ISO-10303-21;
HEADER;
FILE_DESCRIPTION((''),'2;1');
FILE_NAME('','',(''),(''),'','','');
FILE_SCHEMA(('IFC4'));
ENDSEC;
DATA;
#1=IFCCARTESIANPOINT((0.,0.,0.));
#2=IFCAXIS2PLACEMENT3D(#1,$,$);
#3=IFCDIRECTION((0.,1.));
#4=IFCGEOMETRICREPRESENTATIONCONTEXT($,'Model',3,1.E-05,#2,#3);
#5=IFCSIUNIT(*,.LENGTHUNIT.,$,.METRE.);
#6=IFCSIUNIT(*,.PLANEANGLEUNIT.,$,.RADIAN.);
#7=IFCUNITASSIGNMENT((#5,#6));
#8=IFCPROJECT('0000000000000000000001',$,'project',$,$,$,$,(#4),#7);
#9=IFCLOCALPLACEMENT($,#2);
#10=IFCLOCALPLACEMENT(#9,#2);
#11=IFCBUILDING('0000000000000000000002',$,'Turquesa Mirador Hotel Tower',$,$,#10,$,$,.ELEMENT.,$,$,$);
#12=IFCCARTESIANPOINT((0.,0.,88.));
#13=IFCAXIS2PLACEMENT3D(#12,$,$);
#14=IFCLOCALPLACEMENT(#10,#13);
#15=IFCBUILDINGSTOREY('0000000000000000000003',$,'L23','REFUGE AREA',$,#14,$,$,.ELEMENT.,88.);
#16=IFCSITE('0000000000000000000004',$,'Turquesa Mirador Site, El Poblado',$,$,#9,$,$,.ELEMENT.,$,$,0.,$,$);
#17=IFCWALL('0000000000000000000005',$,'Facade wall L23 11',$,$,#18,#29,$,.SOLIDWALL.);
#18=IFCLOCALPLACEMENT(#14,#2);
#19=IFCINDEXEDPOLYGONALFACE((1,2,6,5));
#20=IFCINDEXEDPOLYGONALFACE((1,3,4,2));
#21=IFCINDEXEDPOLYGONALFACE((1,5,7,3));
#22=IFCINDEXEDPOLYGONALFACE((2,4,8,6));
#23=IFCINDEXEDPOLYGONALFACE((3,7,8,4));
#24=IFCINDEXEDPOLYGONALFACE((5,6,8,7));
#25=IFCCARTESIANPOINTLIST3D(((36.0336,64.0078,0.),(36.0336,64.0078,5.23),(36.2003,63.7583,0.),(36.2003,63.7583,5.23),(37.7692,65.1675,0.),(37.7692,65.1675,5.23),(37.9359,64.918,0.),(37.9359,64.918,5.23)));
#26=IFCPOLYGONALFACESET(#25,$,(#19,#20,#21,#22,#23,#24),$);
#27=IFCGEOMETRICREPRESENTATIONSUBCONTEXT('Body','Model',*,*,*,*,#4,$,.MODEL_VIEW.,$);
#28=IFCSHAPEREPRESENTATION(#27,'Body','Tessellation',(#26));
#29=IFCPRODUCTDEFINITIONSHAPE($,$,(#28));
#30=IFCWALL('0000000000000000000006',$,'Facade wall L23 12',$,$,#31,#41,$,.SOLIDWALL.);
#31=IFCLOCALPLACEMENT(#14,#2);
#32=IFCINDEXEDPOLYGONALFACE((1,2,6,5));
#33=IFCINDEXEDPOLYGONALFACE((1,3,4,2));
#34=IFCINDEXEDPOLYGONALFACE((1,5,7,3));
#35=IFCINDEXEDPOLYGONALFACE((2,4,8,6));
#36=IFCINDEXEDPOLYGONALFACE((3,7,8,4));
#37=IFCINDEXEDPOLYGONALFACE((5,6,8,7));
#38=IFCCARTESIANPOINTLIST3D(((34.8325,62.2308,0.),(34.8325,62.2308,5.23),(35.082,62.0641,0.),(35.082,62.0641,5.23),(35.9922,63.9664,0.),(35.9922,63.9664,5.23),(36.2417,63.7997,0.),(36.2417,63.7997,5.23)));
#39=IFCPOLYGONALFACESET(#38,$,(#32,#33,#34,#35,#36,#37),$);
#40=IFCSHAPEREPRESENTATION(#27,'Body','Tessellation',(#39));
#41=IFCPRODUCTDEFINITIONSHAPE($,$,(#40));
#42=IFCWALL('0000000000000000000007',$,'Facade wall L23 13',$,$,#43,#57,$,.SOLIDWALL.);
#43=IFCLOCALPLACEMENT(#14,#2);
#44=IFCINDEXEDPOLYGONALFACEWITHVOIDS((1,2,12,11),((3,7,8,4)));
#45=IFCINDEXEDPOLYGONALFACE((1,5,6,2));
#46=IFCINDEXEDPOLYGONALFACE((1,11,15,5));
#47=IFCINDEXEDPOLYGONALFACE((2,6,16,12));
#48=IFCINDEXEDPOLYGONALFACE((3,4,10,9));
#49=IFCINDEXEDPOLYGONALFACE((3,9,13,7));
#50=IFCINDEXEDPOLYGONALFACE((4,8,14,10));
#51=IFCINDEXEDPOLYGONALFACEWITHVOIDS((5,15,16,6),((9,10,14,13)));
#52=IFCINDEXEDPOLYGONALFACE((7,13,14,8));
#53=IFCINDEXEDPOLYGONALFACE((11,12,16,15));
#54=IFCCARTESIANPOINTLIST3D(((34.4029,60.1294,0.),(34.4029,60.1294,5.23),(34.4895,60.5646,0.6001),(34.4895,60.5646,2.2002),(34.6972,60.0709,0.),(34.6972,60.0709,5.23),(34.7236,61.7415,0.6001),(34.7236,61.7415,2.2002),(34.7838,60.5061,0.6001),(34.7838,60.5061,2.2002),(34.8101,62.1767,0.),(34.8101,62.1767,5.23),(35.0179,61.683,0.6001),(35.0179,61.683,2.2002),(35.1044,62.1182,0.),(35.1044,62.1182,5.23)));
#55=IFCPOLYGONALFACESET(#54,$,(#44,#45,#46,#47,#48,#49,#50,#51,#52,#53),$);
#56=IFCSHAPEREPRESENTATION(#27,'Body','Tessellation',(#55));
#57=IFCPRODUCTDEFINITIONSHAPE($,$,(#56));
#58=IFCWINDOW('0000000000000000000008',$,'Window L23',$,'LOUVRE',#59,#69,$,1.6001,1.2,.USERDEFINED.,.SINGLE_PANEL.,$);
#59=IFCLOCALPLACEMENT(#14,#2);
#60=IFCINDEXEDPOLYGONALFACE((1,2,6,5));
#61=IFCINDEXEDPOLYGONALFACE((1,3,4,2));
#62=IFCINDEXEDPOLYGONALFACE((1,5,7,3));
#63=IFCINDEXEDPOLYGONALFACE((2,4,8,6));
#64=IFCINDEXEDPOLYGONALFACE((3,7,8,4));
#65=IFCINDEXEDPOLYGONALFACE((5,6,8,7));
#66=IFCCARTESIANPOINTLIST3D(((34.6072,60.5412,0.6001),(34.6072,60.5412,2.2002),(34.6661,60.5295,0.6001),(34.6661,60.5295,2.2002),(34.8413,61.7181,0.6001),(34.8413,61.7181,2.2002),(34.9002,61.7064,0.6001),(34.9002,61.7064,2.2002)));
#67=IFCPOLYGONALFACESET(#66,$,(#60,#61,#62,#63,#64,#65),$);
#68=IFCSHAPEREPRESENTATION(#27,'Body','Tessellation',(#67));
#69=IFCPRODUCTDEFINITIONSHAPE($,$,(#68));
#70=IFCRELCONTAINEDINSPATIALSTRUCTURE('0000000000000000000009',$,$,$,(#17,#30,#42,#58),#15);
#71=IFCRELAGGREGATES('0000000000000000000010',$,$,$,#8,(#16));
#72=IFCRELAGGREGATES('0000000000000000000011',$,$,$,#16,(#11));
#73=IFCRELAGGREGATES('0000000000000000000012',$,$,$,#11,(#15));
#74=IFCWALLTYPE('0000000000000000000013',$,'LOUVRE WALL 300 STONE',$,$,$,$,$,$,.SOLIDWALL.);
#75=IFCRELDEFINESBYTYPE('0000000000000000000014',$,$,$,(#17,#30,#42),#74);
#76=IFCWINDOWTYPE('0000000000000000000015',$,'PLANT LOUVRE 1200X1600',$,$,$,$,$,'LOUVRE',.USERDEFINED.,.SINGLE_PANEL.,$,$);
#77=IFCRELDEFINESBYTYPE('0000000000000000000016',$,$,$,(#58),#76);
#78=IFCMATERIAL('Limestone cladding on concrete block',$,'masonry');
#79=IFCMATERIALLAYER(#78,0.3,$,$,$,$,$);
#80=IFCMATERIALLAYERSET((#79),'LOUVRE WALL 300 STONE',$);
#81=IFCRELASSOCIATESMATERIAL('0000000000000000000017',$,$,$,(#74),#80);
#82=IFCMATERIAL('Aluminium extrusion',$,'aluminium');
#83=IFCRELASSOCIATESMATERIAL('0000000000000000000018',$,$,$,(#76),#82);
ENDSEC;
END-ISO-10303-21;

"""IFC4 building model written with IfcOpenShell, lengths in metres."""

from ifc_helpers import new_model, si_unit, direction, frame, frame_2d, origin, place, context, subcontext, project, spatial, rectangle, extrude, material, layer, layer_set, type_object, element, fill, save


model = new_model("IFC4")

# Units and contexts
model_context = context("Model", 3, precision=1e-05, world=origin(), true_north=direction((0.0, 1.0)))
body_context = subcontext(model_context, "Body", "Model", "MODEL_VIEW")
ifc_project = project(units=[si_unit("LENGTHUNIT", "METRE"), si_unit("PLANEANGLEUNIT", "RADIAN")], contexts=[model_context])

# Site, building, storey
site_placement = place(None, origin())
site = spatial("IfcSite", under=ifc_project, at=site_placement, Name="Turquesa Mirador Site, El Poblado", CompositionType="ELEMENT", RefElevation=0.0)
building_placement = place(site_placement, origin())
building = spatial("IfcBuilding", under=site, at=building_placement, Name="Turquesa Mirador Hotel Tower", CompositionType="ELEMENT")
storey_placement = place(building_placement, frame((0.0, 0.0, 88.0)))
storey = spatial("IfcBuildingStorey", under=building, at=storey_placement, Name="L23", Description="REFUGE AREA", CompositionType="ELEMENT", Elevation=88.0)

# Walls
ifc_material_1 = material(Name="Limestone cladding on concrete block", Category="masonry")
ifc_layer_1 = layer(ifc_material_1, 0.3)
ifc_layer_set_1 = layer_set([ifc_layer_1], Name="LOUVRE WALL 300 STONE")
wall_type_1 = type_object("IfcWallType", Name="LOUVRE WALL 300 STONE", PredefinedType="SOLIDWALL", material=ifc_layer_set_1)
for number, where, z_axis, x_axis, name in (
    (1, (37.8525, 65.0427, 0.0), (0.0, 0.0, 1.0), (-0.831474, -0.555564, 0.0), "Facade wall L23 11"),
    (2, (36.1169, 63.8831, 0.0), (0.0, 0.0, 1.0), (-0.555564, -0.831474, 0.0), "Facade wall L23 12"),
):
    element("IfcWall", number, at=place(storey_placement, frame(where, z_axis=z_axis, x_axis=x_axis)), inside=storey, type_object=wall_type_1, Name=name, PredefinedType="SOLIDWALL", context=body_context, shape_type="SweptSolid", body=[
        extrude(rectangle(XDim=2.0874, YDim=0.3, at=frame_2d((1.0437, 0.0))), origin(), (0.0, 0.0, 1.0), 5.23),
    ])

# Wall, opening, window
wall_1_placement = place(storey_placement, frame((34.9573, 62.1475, 0.0), z_axis=(0.0, 0.0, 1.0), x_axis=(-0.195081, -0.980787, 0.0)))
wall_1 = element("IfcWall", 3, at=wall_1_placement, inside=storey, type_object=wall_type_1, Name="Facade wall L23 13", PredefinedType="SOLIDWALL", context=body_context, shape_type="SweptSolid", body=[
    extrude(rectangle(XDim=2.0874, YDim=0.3, at=frame_2d((1.0437, 0.0))), origin(), (0.0, 0.0, 1.0), 5.23),
])
opening_1_placement = place(wall_1_placement, frame((0.4436, 0.0, 0.6001)))
opening_1 = element("IfcOpeningElement", 4, at=opening_1_placement, cuts=wall_1, PredefinedType="OPENING", context=body_context, shape_type="SweptSolid", body=[
    extrude(rectangle(XDim=1.2, YDim=1.6001, at=frame_2d((0.6001, 0.8))), frame((0.0, 0.1599, 0.0), z_axis=(0.0, -1.0, 0.0), x_axis=(1.0, 0.0, 0.0)), (0.0, 0.0, 1.0), 0.3201),
])
ifc_material_2 = material(Name="Aluminium extrusion", Category="aluminium")
window_type_1 = type_object("IfcWindowType", Name="PLANT LOUVRE 1200X1600", ElementType="LOUVRE", PartitioningType="SINGLE_PANEL", PredefinedType="USERDEFINED", material=ifc_material_2)
window_1_placement = place(opening_1_placement, origin())
window_1 = element("IfcWindow", 5, at=window_1_placement, inside=storey, type_object=window_type_1, Name="Window L23", ObjectType="LOUVRE", OverallHeight=1.6001, OverallWidth=1.2, PartitioningType="SINGLE_PANEL", PredefinedType="USERDEFINED", context=body_context, shape_type="SweptSolid", body=[
    extrude(rectangle(XDim=1.2, YDim=1.6001, at=frame_2d((0.6001, 0.8))), frame((0.0, 0.03, 0.0), z_axis=(0.0, -1.0, 0.0), x_axis=(1.0, 0.0, 0.0)), (0.0, 0.0, 1.0), 0.0601),
])
fill(opening_1, window_1)

save(model, "model.ifc")
